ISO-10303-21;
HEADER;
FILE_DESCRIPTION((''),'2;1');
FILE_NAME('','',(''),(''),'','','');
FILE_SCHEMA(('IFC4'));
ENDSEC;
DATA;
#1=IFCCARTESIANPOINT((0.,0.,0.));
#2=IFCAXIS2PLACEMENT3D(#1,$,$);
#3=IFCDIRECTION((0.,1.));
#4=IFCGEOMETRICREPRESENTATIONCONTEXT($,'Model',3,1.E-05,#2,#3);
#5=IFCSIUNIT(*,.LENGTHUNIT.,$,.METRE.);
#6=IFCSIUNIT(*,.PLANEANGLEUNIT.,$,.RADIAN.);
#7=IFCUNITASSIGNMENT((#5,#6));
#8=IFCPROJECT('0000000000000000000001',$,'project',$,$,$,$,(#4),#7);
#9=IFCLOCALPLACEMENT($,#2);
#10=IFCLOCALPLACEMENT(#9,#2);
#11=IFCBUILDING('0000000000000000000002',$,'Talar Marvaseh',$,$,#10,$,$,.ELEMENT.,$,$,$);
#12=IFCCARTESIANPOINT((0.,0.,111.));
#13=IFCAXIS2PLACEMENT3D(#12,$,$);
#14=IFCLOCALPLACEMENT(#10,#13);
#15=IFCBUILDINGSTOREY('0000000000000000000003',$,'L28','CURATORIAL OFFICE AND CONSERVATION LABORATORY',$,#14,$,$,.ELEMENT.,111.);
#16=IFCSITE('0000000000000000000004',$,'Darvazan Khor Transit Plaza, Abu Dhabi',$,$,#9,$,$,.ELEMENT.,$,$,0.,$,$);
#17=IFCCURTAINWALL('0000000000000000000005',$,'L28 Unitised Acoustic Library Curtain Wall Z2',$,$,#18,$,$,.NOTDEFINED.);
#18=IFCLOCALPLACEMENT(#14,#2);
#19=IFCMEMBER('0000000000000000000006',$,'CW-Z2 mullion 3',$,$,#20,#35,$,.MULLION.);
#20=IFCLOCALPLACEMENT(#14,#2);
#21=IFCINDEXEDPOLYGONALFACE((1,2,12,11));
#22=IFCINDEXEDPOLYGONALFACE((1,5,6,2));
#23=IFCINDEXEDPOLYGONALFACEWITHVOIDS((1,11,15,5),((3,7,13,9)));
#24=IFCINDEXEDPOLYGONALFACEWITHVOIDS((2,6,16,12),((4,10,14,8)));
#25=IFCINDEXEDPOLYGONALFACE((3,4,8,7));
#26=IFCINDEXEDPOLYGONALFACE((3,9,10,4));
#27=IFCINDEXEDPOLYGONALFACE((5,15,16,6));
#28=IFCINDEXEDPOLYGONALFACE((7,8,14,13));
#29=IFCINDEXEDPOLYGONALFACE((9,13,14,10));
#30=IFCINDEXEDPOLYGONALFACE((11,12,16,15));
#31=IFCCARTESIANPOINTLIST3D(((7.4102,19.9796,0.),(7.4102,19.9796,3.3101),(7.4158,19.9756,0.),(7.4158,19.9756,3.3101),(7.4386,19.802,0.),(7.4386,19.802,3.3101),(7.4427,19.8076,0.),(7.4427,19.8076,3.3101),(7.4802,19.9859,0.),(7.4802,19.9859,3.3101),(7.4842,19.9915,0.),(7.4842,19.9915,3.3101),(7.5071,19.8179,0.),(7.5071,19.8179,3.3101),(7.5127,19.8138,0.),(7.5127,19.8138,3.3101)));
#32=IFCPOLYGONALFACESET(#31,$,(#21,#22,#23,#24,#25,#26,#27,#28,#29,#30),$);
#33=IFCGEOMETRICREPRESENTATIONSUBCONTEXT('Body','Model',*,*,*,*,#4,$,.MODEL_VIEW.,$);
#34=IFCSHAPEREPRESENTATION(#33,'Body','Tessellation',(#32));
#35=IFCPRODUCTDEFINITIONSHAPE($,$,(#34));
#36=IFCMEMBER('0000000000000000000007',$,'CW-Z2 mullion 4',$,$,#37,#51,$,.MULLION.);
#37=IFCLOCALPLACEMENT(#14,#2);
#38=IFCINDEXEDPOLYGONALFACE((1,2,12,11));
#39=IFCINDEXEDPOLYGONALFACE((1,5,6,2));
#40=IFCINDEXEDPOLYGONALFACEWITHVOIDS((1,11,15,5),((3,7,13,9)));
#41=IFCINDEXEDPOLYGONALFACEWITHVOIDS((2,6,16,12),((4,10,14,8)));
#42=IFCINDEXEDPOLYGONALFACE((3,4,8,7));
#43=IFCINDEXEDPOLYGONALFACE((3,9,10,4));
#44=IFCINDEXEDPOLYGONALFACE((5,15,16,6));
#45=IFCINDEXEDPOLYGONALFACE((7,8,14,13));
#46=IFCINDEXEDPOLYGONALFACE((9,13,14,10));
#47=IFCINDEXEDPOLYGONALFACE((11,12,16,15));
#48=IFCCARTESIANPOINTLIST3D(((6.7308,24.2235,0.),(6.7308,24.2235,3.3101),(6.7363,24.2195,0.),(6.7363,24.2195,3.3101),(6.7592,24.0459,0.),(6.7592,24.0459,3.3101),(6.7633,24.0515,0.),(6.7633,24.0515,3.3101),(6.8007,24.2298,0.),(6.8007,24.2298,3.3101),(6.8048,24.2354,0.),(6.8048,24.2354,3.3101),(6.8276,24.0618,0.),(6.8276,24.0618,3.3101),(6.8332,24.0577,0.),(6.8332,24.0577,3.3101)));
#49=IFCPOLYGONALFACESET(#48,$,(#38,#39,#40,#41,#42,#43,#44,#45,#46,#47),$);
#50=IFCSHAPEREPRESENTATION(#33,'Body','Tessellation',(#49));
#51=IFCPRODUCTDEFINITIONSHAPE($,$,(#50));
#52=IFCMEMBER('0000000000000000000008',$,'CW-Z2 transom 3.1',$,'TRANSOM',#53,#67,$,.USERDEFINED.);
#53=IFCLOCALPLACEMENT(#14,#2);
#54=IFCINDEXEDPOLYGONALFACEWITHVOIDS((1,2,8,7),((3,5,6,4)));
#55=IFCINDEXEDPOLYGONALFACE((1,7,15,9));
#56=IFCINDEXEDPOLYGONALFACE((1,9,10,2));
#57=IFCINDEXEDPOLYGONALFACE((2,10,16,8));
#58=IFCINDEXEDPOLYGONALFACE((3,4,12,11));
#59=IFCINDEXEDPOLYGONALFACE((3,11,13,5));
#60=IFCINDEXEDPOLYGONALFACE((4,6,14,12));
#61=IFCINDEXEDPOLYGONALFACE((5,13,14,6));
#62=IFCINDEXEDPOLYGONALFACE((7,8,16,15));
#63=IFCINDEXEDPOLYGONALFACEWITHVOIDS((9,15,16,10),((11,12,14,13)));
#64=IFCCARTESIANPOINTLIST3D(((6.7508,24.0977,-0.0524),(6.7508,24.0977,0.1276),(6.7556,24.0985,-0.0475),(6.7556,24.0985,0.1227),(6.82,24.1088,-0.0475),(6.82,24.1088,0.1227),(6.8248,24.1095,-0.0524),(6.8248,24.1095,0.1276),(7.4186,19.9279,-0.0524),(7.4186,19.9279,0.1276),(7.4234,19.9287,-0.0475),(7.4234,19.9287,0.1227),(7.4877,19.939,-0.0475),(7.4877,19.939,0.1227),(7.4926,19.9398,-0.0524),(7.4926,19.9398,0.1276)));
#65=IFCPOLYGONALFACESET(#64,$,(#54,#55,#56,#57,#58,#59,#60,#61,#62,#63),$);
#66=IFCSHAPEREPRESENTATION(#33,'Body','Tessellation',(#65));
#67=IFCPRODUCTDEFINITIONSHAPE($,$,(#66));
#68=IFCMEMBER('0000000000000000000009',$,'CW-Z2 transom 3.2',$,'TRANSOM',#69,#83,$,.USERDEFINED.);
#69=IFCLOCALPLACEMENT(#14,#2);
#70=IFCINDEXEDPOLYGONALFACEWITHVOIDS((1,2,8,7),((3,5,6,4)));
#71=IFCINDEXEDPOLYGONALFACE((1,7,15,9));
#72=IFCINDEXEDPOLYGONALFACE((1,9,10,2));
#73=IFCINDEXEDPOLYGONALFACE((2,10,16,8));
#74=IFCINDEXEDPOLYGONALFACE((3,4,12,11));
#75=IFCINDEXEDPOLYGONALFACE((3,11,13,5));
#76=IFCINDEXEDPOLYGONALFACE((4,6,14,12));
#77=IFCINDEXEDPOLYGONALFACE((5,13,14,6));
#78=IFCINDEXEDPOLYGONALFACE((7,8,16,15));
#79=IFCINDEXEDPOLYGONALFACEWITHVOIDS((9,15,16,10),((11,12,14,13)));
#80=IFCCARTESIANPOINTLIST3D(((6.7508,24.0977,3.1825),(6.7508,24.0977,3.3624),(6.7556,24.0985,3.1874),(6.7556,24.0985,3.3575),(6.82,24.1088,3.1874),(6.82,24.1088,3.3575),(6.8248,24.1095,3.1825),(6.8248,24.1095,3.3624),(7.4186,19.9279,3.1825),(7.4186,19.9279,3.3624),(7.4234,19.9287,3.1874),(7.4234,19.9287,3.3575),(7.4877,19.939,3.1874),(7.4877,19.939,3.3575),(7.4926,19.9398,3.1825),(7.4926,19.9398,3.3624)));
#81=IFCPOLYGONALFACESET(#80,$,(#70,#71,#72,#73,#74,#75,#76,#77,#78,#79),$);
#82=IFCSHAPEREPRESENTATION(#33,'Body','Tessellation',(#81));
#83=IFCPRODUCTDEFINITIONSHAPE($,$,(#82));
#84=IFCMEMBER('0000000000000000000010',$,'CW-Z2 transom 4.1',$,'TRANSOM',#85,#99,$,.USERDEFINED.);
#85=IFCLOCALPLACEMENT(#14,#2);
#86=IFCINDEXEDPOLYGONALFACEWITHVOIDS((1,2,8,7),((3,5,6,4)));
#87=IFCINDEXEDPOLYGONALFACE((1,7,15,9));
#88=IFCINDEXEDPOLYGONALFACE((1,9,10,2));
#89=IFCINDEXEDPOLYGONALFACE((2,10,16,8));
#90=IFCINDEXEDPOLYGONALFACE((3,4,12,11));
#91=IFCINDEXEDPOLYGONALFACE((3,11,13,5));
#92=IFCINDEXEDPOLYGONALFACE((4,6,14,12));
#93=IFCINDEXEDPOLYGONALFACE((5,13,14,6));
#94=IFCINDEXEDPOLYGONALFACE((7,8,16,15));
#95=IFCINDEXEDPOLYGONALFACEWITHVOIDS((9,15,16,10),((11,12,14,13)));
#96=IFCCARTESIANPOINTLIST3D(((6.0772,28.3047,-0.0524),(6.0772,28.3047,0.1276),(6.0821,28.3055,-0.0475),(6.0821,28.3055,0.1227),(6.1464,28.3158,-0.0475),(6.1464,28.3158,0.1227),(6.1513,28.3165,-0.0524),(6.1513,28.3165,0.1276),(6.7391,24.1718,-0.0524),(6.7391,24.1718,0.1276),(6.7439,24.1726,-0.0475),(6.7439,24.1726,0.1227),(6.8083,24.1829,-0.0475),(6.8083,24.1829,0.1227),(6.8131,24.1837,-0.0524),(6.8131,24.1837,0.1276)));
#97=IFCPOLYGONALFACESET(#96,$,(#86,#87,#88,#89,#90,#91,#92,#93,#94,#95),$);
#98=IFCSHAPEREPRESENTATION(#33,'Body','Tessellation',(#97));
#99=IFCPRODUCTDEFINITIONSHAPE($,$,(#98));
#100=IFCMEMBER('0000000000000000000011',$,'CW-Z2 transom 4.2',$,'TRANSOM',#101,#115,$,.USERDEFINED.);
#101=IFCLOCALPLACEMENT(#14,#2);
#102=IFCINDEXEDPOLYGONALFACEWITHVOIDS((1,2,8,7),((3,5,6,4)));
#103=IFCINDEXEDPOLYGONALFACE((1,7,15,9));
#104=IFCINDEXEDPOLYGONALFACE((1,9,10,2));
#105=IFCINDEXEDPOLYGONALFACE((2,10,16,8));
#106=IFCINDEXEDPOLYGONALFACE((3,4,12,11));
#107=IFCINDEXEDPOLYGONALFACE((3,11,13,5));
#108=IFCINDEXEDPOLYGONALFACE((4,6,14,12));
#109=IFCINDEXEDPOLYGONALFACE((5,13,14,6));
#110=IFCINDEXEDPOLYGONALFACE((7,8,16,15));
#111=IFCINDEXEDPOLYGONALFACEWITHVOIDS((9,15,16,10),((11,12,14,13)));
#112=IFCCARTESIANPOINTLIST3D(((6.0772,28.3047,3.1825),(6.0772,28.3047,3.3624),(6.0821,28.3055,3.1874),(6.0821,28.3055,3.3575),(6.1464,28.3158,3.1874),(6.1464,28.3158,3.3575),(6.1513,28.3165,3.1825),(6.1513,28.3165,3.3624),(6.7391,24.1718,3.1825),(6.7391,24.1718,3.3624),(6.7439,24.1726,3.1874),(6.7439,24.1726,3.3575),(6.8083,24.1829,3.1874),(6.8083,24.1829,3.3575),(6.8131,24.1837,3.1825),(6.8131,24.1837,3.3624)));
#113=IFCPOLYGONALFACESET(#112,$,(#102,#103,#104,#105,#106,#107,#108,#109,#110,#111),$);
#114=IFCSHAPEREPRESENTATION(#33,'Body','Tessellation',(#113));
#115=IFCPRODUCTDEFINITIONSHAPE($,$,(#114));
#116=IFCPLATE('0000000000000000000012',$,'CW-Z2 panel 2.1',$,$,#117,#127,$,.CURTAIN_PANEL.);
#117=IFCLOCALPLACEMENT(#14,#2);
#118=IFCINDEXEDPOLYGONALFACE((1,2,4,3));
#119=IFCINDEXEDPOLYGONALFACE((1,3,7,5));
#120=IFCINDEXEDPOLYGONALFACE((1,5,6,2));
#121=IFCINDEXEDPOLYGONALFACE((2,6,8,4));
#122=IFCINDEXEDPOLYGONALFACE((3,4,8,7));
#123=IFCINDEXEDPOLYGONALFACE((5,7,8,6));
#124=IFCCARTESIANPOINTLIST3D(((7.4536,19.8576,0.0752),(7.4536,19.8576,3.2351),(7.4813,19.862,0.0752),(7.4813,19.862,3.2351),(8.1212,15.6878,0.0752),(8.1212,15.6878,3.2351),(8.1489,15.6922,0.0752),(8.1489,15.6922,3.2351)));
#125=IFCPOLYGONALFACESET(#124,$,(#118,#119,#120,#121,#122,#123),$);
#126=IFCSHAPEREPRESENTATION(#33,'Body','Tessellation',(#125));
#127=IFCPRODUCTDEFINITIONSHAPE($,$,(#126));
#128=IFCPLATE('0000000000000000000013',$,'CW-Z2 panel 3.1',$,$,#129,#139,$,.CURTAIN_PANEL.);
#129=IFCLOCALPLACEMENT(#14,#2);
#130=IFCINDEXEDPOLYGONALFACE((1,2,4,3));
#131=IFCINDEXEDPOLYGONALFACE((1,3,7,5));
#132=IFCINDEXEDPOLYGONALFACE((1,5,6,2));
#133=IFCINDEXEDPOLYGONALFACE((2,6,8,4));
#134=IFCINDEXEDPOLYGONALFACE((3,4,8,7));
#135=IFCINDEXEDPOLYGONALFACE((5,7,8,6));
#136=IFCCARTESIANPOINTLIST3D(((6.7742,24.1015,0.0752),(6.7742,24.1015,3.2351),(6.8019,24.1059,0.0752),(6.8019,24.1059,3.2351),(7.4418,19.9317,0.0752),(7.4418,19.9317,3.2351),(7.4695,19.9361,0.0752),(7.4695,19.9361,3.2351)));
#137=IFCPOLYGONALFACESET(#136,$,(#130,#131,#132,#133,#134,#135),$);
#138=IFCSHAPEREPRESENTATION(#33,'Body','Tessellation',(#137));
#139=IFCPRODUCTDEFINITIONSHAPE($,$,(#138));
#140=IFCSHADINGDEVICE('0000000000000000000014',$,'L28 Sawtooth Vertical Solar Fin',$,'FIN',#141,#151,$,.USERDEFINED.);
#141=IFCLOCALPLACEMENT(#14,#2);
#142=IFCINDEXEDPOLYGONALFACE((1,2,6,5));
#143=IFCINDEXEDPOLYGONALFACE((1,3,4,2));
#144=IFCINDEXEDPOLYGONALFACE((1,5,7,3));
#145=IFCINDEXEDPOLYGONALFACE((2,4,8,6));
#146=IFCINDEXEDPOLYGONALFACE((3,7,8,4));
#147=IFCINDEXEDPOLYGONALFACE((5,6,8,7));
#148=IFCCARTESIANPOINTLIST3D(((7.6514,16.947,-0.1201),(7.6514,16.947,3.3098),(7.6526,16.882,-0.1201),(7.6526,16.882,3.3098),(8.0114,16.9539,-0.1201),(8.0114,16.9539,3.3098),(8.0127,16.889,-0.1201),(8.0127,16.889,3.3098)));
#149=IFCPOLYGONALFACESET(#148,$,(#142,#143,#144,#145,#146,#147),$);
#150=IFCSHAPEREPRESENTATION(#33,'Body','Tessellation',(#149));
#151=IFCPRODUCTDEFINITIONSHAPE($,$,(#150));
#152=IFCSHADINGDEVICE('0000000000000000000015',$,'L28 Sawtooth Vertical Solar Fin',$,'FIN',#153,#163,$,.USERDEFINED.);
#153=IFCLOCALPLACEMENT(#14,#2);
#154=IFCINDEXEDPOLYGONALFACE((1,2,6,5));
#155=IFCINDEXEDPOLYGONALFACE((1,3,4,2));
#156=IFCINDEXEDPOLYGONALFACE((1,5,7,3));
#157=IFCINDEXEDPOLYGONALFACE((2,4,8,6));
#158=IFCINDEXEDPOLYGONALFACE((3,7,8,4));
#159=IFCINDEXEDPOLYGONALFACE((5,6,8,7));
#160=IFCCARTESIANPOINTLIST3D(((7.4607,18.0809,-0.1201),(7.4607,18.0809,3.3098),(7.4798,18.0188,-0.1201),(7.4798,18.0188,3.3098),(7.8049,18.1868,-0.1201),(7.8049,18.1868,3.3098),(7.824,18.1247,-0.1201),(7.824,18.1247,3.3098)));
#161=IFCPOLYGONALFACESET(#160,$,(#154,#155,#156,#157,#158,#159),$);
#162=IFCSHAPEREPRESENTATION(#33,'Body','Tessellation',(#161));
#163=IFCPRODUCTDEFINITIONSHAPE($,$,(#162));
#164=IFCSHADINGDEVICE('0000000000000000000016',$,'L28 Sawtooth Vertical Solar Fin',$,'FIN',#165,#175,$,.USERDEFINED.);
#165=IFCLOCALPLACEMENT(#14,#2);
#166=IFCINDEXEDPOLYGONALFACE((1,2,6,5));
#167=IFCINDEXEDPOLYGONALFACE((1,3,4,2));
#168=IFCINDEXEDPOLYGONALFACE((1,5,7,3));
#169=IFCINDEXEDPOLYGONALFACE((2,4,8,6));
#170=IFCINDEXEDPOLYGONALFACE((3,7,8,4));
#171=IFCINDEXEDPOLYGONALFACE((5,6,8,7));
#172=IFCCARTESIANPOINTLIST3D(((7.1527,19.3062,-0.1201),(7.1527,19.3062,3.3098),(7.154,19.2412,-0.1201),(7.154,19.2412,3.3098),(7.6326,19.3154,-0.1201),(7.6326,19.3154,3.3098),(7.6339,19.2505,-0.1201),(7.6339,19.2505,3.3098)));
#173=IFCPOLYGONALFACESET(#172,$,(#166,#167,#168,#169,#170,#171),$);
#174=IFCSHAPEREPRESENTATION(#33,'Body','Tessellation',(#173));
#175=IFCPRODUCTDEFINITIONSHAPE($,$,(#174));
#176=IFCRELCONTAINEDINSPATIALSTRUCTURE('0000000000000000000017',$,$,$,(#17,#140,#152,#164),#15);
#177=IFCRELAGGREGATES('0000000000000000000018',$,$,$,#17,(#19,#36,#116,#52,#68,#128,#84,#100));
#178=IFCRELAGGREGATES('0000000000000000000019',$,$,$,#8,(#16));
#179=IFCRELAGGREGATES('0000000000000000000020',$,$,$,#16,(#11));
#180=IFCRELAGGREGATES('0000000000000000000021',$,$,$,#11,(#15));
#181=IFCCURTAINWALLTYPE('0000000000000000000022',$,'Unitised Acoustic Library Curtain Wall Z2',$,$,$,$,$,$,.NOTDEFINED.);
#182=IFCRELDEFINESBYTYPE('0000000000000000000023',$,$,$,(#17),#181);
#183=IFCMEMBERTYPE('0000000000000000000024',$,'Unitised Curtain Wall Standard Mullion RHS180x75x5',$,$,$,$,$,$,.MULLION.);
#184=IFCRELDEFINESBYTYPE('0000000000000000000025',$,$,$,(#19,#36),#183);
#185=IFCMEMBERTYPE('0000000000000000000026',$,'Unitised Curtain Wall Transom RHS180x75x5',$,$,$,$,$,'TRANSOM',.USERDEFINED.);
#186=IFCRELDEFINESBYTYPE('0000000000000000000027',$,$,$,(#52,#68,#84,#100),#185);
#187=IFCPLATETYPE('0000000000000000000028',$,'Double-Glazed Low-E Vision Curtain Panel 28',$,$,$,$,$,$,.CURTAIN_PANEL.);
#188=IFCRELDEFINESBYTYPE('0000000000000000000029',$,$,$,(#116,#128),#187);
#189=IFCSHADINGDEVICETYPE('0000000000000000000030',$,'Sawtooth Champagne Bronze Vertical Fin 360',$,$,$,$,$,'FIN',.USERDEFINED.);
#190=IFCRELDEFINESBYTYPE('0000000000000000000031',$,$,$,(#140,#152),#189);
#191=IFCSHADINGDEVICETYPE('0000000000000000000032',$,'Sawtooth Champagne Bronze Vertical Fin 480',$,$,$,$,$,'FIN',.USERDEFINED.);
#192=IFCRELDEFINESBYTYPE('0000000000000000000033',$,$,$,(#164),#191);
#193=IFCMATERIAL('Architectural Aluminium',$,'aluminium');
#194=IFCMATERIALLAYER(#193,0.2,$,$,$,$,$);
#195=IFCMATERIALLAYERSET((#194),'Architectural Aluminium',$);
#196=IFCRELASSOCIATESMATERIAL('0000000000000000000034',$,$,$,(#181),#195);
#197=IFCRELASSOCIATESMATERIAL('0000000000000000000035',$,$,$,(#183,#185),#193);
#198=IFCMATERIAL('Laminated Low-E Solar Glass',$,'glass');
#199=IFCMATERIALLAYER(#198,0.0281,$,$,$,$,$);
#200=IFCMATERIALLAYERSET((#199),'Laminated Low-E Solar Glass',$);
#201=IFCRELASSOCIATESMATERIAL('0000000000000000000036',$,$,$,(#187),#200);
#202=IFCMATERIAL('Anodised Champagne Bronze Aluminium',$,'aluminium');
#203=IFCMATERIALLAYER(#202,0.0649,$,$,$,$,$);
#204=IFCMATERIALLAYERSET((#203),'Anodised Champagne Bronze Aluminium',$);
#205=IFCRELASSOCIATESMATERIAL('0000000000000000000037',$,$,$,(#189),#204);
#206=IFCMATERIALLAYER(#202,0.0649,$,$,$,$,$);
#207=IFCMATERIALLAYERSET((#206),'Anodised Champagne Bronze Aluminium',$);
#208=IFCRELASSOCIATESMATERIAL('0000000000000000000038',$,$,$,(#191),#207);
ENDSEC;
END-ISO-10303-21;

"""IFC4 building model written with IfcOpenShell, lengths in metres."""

from ifc_helpers import new_model, si_unit, direction, frame, origin, origin_2d, place, context, subcontext, project, spatial, rectangle, hollow_rectangle, extrude, source, transform, mapped, material, layer, layer_set, material_profile, profile_set, type_object, type_shapes, element, aggregate, save


model = new_model("IFC4")

# Units and contexts
model_context = context("Model", 3, precision=1e-05, world=origin(), true_north=direction((0.0, 1.0)))
body_context = subcontext(model_context, "Body", "Model", "MODEL_VIEW")
ifc_project = project(units=[si_unit("LENGTHUNIT", "METRE"), si_unit("PLANEANGLEUNIT", "RADIAN")], contexts=[model_context])

# Site, building, storey
site_placement = place(None, origin())
site = spatial("IfcSite", under=ifc_project, at=site_placement, Name="Darvazan Khor Transit Plaza, Abu Dhabi", CompositionType="ELEMENT", RefElevation=0.0)
building_placement = place(site_placement, origin())
building = spatial("IfcBuilding", under=site, at=building_placement, Name="Talar Marvaseh", CompositionType="ELEMENT")
storey_placement = place(building_placement, frame((0.0, 0.0, 111.0)))
storey = spatial("IfcBuildingStorey", under=building, at=storey_placement, Name="L28", Description="CURATORIAL OFFICE AND CONSERVATION LABORATORY", CompositionType="ELEMENT", Elevation=111.0)

# Curtain wall, members, plates
ifc_material_1 = material(Name="Architectural Aluminium", Category="aluminium")
ifc_layer_1 = layer(ifc_material_1, 0.2)
ifc_layer_set_1 = layer_set([ifc_layer_1], Name="Architectural Aluminium")
curtain_wall_type = type_object("IfcCurtainWallType", Name="Unitised Acoustic Library Curtain Wall Z2", PredefinedType="NOTDEFINED", material=ifc_layer_set_1)
curtain_wall_placement = place(storey_placement, origin())
curtain_wall = element("IfcCurtainWall", 1, at=curtain_wall_placement, inside=storey, type_object=curtain_wall_type, Name="L28 Unitised Acoustic Library Curtain Wall Z2", PredefinedType="NOTDEFINED")
ifc_material_profile_1 = material_profile(ifc_material_1, hollow_rectangle(XDim=0.075, YDim=0.1799, WallThickness=0.0049, at=origin_2d()), Name="RHS180x75x5")
ifc_profile_set_1 = profile_set([ifc_material_profile_1], Name="Architectural Aluminium")
member_type_1 = type_object("IfcMemberType", Name="Unitised Curtain Wall Standard Mullion RHS180x75x5", PredefinedType="MULLION", material=ifc_profile_set_1)
shared_shape_1 = source(origin(), body_context, "Body", "SweptSolid", [
    extrude(hollow_rectangle(XDim=0.075, YDim=0.1799, WallThickness=0.0049, at=origin_2d()), origin(), (0.0, 0.0, 1.0), 3.3101),
])
type_shapes(member_type_1, [shared_shape_1])
member_1_placement = place(storey_placement, frame((7.4614, 19.8967, 0.0), z_axis=(0.0, 0.0, 1.0), x_axis=(-0.987424, -0.158095, 0.0)))
member_1 = element("IfcMember", 2, at=member_1_placement, type_object=member_type_1, Name="CW-Z2 mullion 3", PredefinedType="MULLION", context=body_context, shape_type="MappedRepresentation", body=[
    mapped(shared_shape_1, transform((0.0, 0.0, 0.0), x_axis=(1.0, 0.0, 0.0), y_axis=(0.0, 1.0, 0.0), z_axis=(0.0, 0.0, 1.0), scale=1.0)),
])
member_2_placement = place(storey_placement, frame((6.782, 24.1406, 0.0), z_axis=(0.0, 0.0, 1.0), x_axis=(-0.987424, -0.158095, 0.0)))
member_2 = element("IfcMember", 3, at=member_2_placement, type_object=member_type_1, Name="CW-Z2 mullion 4", PredefinedType="MULLION", context=body_context, shape_type="MappedRepresentation", body=[
    mapped(shared_shape_1, transform((0.0, 0.0, 0.0), x_axis=(1.0, 0.0, 0.0), y_axis=(0.0, 1.0, 0.0), z_axis=(0.0, 0.0, 1.0), scale=1.0)),
])
ifc_material_profile_2 = material_profile(ifc_material_1, hollow_rectangle(XDim=0.075, YDim=0.1799, WallThickness=0.0049, at=origin_2d()), Name="RHS180x75x5")
ifc_profile_set_2 = profile_set([ifc_material_profile_2], Name="Architectural Aluminium")
member_type_2 = type_object("IfcMemberType", Name="Unitised Curtain Wall Transom RHS180x75x5", ElementType="TRANSOM", PredefinedType="USERDEFINED", material=ifc_profile_set_2)
shared_shape_2 = source(origin(), body_context, "Body", "SweptSolid", [
    extrude(hollow_rectangle(XDim=0.075, YDim=0.1799, WallThickness=0.0049, at=origin_2d()), origin(), (0.0, 0.0, 1.0), 4.2229),
])
member_3_placement = place(storey_placement, frame((7.4556, 19.9338, 0.0376), z_axis=(-0.158124, 0.987419, 0.0), x_axis=(-0.987419, -0.158124, 0.0)))
member_3 = element("IfcMember", 4, at=member_3_placement, type_object=member_type_2, Name="CW-Z2 transom 3.1", ObjectType="TRANSOM", PredefinedType="USERDEFINED", context=body_context, shape_type="MappedRepresentation", body=[
    mapped(shared_shape_2, transform((0.0, 0.0, 0.0), x_axis=(1.0, 0.0, 0.0), y_axis=(0.0, 1.0, 0.0), z_axis=(0.0, 0.0, 1.0), scale=1.0)),
])
member_4_placement = place(storey_placement, frame((7.4556, 19.9338, 3.2725), z_axis=(-0.158124, 0.987419, 0.0), x_axis=(-0.987419, -0.158124, 0.0)))
member_4 = element("IfcMember", 5, at=member_4_placement, type_object=member_type_2, Name="CW-Z2 transom 3.2", ObjectType="TRANSOM", PredefinedType="USERDEFINED", context=body_context, shape_type="MappedRepresentation", body=[
    mapped(shared_shape_2, transform((0.0, 0.0, 0.0), x_axis=(1.0, 0.0, 0.0), y_axis=(0.0, 1.0, 0.0), z_axis=(0.0, 0.0, 1.0), scale=1.0)),
])
shared_shape_3 = source(origin(), body_context, "Body", "SweptSolid", [
    extrude(hollow_rectangle(XDim=0.075, YDim=0.1799, WallThickness=0.0049, at=origin_2d()), origin(), (0.0, 0.0, 1.0), 4.1855),
])
type_shapes(member_type_2, [shared_shape_2, shared_shape_3])
member_5_placement = place(storey_placement, frame((6.7761, 24.1777, 0.0376), z_axis=(-0.158134, 0.987418, 0.0), x_axis=(-0.987418, -0.158134, 0.0)))
member_5 = element("IfcMember", 6, at=member_5_placement, type_object=member_type_2, Name="CW-Z2 transom 4.1", ObjectType="TRANSOM", PredefinedType="USERDEFINED", context=body_context, shape_type="MappedRepresentation", body=[
    mapped(shared_shape_3, transform((0.0, 0.0, 0.0), x_axis=(1.0, 0.0, 0.0), y_axis=(0.0, 1.0, 0.0), z_axis=(0.0, 0.0, 1.0), scale=1.0)),
])
member_6_placement = place(storey_placement, frame((6.7761, 24.1777, 3.2725), z_axis=(-0.158134, 0.987418, 0.0), x_axis=(-0.987418, -0.158134, 0.0)))
member_6 = element("IfcMember", 7, at=member_6_placement, type_object=member_type_2, Name="CW-Z2 transom 4.2", ObjectType="TRANSOM", PredefinedType="USERDEFINED", context=body_context, shape_type="MappedRepresentation", body=[
    mapped(shared_shape_3, transform((0.0, 0.0, 0.0), x_axis=(1.0, 0.0, 0.0), y_axis=(0.0, 1.0, 0.0), z_axis=(0.0, 0.0, 1.0), scale=1.0)),
])
ifc_material_2 = material(Name="Laminated Low-E Solar Glass", Category="glass")
ifc_layer_2 = layer(ifc_material_2, 0.0281)
ifc_layer_set_2 = layer_set([ifc_layer_2], Name="Laminated Low-E Solar Glass")
plate_type = type_object("IfcPlateType", Name="Double-Glazed Low-E Vision Curtain Panel 28", PredefinedType="CURTAIN_PANEL", material=ifc_layer_set_2)
shared_shape_4 = source(origin(), body_context, "Body", "SweptSolid", [
    extrude(rectangle(XDim=4.2229, YDim=0.0281, at=origin_2d()), origin(), (0.0, 0.0, 1.0), 3.1599),
])
type_shapes(plate_type, [shared_shape_4])
plate_1_placement = place(storey_placement, frame((7.8013, 17.7749, 0.0752), z_axis=(0.0, 0.0, 1.0), x_axis=(-0.158095, 0.987424, 0.0)))
plate_1 = element("IfcPlate", 8, at=plate_1_placement, type_object=plate_type, Name="CW-Z2 panel 2.1", PredefinedType="CURTAIN_PANEL", context=body_context, shape_type="MappedRepresentation", body=[
    mapped(shared_shape_4, transform((0.0, 0.0, 0.0), x_axis=(1.0, 0.0, 0.0), y_axis=(0.0, 1.0, 0.0), z_axis=(0.0, 0.0, 1.0), scale=1.0)),
])
plate_2_placement = place(storey_placement, frame((7.1218, 22.0188, 0.0752), z_axis=(0.0, 0.0, 1.0), x_axis=(-0.158095, 0.987424, 0.0)))
plate_2 = element("IfcPlate", 9, at=plate_2_placement, type_object=plate_type, Name="CW-Z2 panel 3.1", PredefinedType="CURTAIN_PANEL", context=body_context, shape_type="MappedRepresentation", body=[
    mapped(shared_shape_4, transform((0.0, 0.0, 0.0), x_axis=(1.0, 0.0, 0.0), y_axis=(0.0, 1.0, 0.0), z_axis=(0.0, 0.0, 1.0), scale=1.0)),
])
aggregate(curtain_wall, [member_1, member_2, plate_1, member_3, member_4, plate_2, member_5, member_6])

# Shading devices
ifc_material_3 = material(Name="Anodised Champagne Bronze Aluminium", Category="aluminium")
ifc_layer_3 = layer(ifc_material_3, 0.0649)
ifc_layer_set_3 = layer_set([ifc_layer_3], Name="Anodised Champagne Bronze Aluminium")
shading_device_type_1 = type_object("IfcShadingDeviceType", Name="Sawtooth Champagne Bronze Vertical Fin 360", ElementType="FIN", PredefinedType="USERDEFINED", material=ifc_layer_set_3)
shared_shape_5 = source(origin(), body_context, "Body", "SweptSolid", [
    extrude(rectangle(XDim=0.3601, YDim=0.0649, at=origin_2d()), origin(), (0.0, 0.0, 1.0), 3.4299),
])
type_shapes(shading_device_type_1, [shared_shape_5])
for number, where, z_axis, x_axis, name in (
    (10, (7.832, 16.918, -0.1201), (0.0, 0.0, 1.0), (-0.999816, -0.019197, 0.0), "L28 Sawtooth Vertical Solar Fin"),
    (11, (7.6423, 18.1028, -0.1201), (0.0, 0.0, 1.0), (-0.955793, -0.29404, 0.0), "L28 Sawtooth Vertical Solar Fin"),
):
    element("IfcShadingDevice", number, at=place(storey_placement, frame(where, z_axis=z_axis, x_axis=x_axis)), inside=storey, type_object=shading_device_type_1, Name=name, ObjectType="FIN", PredefinedType="USERDEFINED", context=body_context, shape_type="MappedRepresentation", body=[
        mapped(shared_shape_5, transform((0.0, 0.0, 0.0), x_axis=(1.0, 0.0, 0.0), y_axis=(0.0, 1.0, 0.0), z_axis=(0.0, 0.0, 1.0), scale=1.0)),
    ])
ifc_layer_4 = layer(ifc_material_3, 0.0649)
ifc_layer_set_4 = layer_set([ifc_layer_4], Name="Anodised Champagne Bronze Aluminium")
shading_device_type_2 = type_object("IfcShadingDeviceType", Name="Sawtooth Champagne Bronze Vertical Fin 480", ElementType="FIN", PredefinedType="USERDEFINED", material=ifc_layer_set_4)
shared_shape_6 = source(origin(), body_context, "Body", "SweptSolid", [
    extrude(rectangle(XDim=0.48, YDim=0.0649, at=origin_2d()), origin(), (0.0, 0.0, 1.0), 3.4299),
])
type_shapes(shading_device_type_2, [shared_shape_6])
for number, where, z_axis, x_axis, name in (
    (12, (7.3933, 19.2783, -0.1201), (0.0, 0.0, 1.0), (-0.999816, -0.019197, 0.0), "L28 Sawtooth Vertical Solar Fin"),
):
    element("IfcShadingDevice", number, at=place(storey_placement, frame(where, z_axis=z_axis, x_axis=x_axis)), inside=storey, type_object=shading_device_type_2, Name=name, ObjectType="FIN", PredefinedType="USERDEFINED", context=body_context, shape_type="MappedRepresentation", body=[
        mapped(shared_shape_6, transform((0.0, 0.0, 0.0), x_axis=(1.0, 0.0, 0.0), y_axis=(0.0, 1.0, 0.0), z_axis=(0.0, 0.0, 1.0), scale=1.0)),
    ])

save(model, "model.ifc")
